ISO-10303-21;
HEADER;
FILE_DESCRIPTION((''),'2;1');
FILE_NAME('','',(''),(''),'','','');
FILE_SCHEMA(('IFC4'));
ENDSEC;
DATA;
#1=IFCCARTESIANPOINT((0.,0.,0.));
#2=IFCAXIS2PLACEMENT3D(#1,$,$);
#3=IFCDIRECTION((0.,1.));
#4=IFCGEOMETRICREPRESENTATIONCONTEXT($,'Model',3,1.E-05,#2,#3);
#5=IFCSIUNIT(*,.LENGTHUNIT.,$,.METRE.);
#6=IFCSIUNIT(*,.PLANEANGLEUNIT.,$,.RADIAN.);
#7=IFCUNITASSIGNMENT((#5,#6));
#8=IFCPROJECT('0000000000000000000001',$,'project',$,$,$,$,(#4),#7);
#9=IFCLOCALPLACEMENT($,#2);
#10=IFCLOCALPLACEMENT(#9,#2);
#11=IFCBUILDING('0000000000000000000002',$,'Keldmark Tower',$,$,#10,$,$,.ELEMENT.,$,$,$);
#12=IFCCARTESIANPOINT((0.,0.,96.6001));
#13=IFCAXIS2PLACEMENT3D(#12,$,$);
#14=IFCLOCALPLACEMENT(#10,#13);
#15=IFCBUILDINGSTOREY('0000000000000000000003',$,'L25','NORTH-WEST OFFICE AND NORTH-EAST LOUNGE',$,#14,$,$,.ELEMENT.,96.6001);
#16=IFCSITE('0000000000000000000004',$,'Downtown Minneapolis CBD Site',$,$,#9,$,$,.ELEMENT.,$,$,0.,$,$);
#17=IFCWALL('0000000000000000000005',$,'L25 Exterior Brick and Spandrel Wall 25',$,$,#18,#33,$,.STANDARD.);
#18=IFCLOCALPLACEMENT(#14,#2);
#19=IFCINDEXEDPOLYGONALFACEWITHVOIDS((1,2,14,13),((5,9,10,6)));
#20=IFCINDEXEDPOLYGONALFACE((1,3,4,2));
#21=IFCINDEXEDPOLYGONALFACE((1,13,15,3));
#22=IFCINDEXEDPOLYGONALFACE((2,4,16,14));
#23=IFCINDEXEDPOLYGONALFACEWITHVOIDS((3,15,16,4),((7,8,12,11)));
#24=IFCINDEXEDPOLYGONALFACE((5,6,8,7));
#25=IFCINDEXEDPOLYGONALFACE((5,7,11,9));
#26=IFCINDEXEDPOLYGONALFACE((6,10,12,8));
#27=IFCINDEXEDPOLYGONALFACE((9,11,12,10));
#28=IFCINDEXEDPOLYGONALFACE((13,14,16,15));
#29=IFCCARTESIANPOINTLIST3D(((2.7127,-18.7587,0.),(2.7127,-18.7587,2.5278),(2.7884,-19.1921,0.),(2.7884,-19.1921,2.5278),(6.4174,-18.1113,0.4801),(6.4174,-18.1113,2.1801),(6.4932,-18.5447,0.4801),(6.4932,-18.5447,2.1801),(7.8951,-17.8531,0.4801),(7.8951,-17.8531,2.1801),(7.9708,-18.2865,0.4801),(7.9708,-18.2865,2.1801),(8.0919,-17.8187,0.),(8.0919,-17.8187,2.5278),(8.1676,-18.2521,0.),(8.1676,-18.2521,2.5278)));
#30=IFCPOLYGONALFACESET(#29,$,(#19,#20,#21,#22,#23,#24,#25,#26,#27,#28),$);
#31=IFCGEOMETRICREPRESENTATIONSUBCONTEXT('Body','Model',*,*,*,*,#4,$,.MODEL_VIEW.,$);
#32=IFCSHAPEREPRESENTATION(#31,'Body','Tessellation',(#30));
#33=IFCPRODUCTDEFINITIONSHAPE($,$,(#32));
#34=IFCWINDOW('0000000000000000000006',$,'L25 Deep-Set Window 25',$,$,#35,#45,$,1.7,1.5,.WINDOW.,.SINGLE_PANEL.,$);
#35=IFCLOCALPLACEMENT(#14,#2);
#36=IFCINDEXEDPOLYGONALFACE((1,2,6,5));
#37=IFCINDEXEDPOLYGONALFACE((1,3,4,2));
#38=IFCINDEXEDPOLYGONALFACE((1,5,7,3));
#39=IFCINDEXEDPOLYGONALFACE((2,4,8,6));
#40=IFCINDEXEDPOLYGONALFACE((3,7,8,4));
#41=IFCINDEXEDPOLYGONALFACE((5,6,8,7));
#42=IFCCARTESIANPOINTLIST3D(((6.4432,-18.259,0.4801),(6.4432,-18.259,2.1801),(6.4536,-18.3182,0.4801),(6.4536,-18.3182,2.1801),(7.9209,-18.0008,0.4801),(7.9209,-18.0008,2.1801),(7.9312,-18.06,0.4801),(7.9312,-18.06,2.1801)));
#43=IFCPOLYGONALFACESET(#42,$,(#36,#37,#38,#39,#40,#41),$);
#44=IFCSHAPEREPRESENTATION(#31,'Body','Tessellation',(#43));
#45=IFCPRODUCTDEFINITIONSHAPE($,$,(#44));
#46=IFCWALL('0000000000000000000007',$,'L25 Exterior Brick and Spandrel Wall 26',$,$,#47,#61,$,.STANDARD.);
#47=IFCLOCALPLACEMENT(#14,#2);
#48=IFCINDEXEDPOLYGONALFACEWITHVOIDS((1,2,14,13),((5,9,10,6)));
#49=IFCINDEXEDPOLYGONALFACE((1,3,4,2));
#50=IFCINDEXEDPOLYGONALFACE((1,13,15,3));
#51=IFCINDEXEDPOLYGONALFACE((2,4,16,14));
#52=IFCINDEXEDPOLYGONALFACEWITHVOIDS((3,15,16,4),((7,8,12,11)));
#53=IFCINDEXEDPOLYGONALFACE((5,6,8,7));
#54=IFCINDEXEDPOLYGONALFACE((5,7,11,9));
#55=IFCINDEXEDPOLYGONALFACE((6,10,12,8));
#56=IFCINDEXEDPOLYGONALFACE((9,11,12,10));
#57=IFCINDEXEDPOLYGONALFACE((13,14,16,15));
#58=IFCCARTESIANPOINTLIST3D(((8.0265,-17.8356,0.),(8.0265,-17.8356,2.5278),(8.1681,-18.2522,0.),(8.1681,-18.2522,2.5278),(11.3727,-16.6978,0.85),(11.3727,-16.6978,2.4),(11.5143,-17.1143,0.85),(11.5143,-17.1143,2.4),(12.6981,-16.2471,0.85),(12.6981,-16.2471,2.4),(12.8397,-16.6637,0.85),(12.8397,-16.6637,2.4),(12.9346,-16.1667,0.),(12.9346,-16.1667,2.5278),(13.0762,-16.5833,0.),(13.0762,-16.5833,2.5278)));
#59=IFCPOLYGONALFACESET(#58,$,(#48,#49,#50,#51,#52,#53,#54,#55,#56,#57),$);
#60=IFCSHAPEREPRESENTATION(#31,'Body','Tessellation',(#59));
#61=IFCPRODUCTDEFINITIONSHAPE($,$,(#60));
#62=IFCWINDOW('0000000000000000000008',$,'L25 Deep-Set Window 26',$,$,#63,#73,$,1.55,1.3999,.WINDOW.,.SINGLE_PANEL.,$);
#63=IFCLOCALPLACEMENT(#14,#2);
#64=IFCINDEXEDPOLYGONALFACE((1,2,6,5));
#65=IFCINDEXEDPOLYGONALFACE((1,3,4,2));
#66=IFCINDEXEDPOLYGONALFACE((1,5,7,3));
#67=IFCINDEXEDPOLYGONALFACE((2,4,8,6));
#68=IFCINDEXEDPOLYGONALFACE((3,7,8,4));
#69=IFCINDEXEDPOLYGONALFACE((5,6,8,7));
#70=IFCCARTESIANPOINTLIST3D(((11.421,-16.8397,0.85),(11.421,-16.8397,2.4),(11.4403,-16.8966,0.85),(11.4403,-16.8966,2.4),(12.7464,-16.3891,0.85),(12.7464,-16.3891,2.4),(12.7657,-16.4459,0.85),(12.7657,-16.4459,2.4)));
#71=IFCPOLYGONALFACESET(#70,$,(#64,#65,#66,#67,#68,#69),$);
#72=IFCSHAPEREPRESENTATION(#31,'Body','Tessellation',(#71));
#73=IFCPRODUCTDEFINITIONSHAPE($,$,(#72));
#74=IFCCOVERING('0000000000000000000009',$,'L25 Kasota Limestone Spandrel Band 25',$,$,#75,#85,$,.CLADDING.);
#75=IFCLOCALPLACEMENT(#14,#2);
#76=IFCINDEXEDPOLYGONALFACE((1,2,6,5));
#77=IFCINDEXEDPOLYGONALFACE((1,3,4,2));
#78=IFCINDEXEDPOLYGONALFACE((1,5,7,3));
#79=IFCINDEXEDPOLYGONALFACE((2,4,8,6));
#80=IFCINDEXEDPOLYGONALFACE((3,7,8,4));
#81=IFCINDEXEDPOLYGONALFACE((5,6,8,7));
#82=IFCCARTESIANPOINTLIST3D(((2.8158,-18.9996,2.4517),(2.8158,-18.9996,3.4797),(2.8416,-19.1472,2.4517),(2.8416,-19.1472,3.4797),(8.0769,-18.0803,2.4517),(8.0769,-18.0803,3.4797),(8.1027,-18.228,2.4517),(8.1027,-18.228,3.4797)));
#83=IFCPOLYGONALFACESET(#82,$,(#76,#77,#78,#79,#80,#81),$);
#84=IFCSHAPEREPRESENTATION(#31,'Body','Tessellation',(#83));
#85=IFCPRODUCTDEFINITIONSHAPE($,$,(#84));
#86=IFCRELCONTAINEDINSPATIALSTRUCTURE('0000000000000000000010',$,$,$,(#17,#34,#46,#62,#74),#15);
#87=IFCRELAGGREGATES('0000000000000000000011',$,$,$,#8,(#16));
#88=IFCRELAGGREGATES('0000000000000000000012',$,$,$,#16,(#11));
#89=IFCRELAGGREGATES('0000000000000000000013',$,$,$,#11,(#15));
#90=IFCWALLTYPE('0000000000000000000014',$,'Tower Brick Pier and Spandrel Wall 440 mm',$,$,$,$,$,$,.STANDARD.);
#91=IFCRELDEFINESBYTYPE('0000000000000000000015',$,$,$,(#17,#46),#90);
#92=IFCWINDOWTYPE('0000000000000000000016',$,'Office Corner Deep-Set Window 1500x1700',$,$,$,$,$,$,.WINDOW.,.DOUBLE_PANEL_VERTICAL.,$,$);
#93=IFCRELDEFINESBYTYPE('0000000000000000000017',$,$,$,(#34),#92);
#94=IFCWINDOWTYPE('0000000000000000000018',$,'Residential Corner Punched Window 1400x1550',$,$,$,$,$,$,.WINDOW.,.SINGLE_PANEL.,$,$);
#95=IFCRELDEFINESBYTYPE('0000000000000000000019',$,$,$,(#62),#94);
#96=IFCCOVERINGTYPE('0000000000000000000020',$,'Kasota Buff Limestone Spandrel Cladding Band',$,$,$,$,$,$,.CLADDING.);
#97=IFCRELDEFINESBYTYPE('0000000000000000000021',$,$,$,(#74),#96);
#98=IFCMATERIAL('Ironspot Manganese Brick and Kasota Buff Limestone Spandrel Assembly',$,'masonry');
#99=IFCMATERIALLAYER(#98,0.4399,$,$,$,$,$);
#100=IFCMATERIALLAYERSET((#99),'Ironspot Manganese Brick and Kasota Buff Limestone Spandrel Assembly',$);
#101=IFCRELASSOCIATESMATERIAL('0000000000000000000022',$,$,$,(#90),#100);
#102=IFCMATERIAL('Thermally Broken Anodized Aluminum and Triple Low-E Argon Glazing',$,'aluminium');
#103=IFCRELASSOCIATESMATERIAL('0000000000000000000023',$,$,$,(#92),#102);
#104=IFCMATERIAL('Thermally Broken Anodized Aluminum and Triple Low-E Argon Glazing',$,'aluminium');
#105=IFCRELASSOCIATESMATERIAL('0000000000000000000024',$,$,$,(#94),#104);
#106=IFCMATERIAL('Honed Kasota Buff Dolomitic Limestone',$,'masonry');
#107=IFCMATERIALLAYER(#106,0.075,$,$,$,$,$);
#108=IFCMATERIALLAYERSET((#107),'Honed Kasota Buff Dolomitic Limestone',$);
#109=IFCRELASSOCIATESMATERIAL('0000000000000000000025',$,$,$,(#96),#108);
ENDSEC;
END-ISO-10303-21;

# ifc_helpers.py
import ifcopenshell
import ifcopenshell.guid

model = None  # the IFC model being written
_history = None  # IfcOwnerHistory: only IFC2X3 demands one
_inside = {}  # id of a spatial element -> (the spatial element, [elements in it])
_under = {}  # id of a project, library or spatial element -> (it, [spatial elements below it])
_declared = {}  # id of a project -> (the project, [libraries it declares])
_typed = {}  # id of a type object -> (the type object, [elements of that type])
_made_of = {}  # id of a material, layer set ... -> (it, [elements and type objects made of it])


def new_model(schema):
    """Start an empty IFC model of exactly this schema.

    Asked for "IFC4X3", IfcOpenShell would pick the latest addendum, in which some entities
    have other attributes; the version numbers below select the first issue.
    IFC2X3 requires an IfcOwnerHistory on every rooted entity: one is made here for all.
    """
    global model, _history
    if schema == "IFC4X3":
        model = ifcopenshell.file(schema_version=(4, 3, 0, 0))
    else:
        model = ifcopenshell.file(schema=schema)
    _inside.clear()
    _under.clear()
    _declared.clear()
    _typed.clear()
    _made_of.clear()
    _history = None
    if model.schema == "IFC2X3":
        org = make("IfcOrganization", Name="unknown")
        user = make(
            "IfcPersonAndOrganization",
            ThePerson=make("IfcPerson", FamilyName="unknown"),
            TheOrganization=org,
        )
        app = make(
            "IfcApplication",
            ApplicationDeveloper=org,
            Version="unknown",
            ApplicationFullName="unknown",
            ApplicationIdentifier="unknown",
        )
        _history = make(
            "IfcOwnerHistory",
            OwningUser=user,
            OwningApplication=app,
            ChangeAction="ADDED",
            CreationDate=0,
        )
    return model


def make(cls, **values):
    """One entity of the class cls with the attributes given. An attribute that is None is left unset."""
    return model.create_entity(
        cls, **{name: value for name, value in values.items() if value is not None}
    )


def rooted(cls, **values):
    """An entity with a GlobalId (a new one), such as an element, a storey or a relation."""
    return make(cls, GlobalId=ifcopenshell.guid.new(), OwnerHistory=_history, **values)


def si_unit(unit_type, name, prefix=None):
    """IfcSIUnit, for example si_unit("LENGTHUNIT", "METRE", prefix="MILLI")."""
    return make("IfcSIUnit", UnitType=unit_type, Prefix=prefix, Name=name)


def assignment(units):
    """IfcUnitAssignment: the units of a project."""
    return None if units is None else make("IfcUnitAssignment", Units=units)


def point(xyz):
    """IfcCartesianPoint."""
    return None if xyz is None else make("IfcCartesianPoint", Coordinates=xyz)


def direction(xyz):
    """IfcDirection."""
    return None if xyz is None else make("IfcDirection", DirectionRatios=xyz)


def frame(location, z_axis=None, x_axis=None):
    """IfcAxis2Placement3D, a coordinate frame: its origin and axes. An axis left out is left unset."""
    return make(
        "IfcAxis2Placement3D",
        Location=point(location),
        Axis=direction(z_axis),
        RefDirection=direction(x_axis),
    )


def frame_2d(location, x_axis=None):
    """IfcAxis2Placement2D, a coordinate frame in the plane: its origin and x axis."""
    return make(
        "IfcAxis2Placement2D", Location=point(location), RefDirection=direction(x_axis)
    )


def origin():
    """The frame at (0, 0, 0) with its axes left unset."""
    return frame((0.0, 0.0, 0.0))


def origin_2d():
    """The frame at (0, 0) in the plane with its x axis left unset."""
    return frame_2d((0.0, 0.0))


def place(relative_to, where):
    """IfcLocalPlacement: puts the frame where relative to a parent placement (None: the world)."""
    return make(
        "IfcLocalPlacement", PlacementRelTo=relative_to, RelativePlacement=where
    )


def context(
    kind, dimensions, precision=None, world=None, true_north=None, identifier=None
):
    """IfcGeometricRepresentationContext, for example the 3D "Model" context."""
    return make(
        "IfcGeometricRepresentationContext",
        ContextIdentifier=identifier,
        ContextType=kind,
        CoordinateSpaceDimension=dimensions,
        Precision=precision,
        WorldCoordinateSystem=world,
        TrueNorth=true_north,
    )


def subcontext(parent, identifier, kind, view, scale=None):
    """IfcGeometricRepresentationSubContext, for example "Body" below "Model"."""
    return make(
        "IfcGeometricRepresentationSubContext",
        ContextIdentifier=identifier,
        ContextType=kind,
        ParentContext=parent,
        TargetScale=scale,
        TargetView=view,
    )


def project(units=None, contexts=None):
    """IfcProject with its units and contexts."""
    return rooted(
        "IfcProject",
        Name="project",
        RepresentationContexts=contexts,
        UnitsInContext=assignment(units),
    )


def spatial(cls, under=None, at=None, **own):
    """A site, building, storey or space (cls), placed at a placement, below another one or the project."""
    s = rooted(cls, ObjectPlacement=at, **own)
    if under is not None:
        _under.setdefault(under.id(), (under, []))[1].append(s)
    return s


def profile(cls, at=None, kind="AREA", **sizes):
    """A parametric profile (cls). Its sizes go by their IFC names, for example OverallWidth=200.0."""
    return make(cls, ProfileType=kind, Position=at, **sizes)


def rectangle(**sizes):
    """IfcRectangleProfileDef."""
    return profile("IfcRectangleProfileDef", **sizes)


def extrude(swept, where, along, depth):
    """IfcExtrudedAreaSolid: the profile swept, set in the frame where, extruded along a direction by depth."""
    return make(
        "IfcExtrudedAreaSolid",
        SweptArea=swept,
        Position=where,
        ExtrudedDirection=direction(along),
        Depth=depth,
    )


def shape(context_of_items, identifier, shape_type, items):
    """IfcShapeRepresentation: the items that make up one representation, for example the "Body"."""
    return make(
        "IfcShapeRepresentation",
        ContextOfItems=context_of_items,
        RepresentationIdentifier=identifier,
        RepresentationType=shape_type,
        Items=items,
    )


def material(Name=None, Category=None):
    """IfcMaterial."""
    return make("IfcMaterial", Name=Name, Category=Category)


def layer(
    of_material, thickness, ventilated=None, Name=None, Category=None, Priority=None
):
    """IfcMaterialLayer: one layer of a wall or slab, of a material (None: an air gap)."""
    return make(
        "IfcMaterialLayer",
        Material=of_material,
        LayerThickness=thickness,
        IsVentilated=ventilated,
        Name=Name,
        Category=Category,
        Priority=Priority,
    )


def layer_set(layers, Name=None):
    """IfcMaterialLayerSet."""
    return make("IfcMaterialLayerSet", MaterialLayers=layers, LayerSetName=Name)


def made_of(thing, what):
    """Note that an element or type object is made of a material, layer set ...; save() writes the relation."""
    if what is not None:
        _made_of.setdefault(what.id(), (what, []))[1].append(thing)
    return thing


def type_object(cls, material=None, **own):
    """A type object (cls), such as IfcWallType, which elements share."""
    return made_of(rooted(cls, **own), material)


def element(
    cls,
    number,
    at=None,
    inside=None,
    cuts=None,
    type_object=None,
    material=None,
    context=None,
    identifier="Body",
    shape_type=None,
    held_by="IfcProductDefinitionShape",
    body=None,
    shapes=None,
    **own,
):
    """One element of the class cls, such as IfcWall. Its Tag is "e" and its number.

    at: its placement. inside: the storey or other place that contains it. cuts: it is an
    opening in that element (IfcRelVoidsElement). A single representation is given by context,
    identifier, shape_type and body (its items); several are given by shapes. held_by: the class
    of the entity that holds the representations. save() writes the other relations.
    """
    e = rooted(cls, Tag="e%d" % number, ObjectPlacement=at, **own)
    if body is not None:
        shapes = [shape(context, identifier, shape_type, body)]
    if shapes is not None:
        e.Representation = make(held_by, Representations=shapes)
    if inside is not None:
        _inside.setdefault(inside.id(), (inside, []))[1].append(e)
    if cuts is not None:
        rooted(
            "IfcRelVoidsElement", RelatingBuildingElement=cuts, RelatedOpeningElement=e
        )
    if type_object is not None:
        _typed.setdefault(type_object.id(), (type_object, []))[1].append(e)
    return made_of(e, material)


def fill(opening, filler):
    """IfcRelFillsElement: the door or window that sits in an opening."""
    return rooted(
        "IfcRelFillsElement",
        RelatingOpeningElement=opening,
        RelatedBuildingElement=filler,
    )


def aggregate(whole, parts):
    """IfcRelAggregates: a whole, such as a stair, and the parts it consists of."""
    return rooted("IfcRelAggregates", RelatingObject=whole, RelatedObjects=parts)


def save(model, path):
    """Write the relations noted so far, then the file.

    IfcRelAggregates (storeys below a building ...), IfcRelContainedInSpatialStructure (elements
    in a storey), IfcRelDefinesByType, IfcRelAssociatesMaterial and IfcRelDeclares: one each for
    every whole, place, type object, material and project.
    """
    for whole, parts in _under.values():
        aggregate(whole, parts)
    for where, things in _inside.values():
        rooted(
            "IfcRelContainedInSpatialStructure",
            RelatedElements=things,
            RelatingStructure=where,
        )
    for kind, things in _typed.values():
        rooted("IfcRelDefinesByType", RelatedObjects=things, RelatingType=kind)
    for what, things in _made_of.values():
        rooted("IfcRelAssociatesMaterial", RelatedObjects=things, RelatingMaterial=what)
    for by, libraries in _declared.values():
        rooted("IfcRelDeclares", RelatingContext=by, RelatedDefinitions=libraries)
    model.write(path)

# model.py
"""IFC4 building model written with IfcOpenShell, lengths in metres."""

from ifc_helpers import new_model, si_unit, direction, frame, frame_2d, origin, origin_2d, place, context, subcontext, project, spatial, rectangle, extrude, material, layer, layer_set, type_object, element, fill, save


model = new_model("IFC4")

# Units and contexts
model_context = context("Model", 3, precision=1e-05, world=origin(), true_north=direction((0.0, 1.0)))
body_context = subcontext(model_context, "Body", "Model", "MODEL_VIEW")
ifc_project = project(units=[si_unit("LENGTHUNIT", "METRE"), si_unit("PLANEANGLEUNIT", "RADIAN")], contexts=[model_context])

# Site, building, storey
site_placement = place(None, origin())
site = spatial("IfcSite", under=ifc_project, at=site_placement, Name="Downtown Minneapolis CBD Site", CompositionType="ELEMENT", RefElevation=0.0)
building_placement = place(site_placement, origin())
building = spatial("IfcBuilding", under=site, at=building_placement, Name="Keldmark Tower", CompositionType="ELEMENT")
storey_placement = place(building_placement, frame((0.0, 0.0, 96.6001)))
storey = spatial("IfcBuildingStorey", under=building, at=storey_placement, Name="L25", Description="NORTH-WEST OFFICE AND NORTH-EAST LOUNGE", CompositionType="ELEMENT", Elevation=96.6001)

# Walls, openings, windows
ifc_material_1 = material(Name="Ironspot Manganese Brick and Kasota Buff Limestone Spandrel Assembly", Category="masonry")
ifc_layer_1 = layer(ifc_material_1, 0.4399)
ifc_layer_set_1 = layer_set([ifc_layer_1], Name="Ironspot Manganese Brick and Kasota Buff Limestone Spandrel Assembly")
wall_type_1 = type_object("IfcWallType", Name="Tower Brick Pier and Spandrel Wall 440 mm", PredefinedType="STANDARD", material=ifc_layer_set_1)
ifc_material_2 = material(Name="Thermally Broken Anodized Aluminum and Triple Low-E Argon Glazing", Category="aluminium")
window_type_1 = type_object("IfcWindowType", Name="Office Corner Deep-Set Window 1500x1700", PartitioningType="DOUBLE_PANEL_VERTICAL", PredefinedType="WINDOW", material=ifc_material_2)
wall_1_placement = place(storey_placement, frame((8.1299, -18.0354, 0.0), z_axis=(0.0, 0.0, 1.0), x_axis=(-0.985074, -0.17213, 0.0)))
wall_1 = element("IfcWall", 1, at=wall_1_placement, inside=storey, type_object=wall_type_1, Name="L25 Exterior Brick and Spandrel Wall 25", PredefinedType="STANDARD", context=body_context, shape_type="SweptSolid", body=[
    extrude(rectangle(XDim=5.4607, YDim=0.4399, at=frame_2d((2.7305, 0.0))), origin(), (0.0, 0.0, 1.0), 2.5278),
])
opening_1_placement = place(wall_1_placement, frame((0.2, 0.0, 0.48)))
opening_1 = element("IfcOpeningElement", 2, at=opening_1_placement, cuts=wall_1, PredefinedType="OPENING", context=body_context, shape_type="SweptSolid", body=[
    extrude(rectangle(XDim=1.5, YDim=1.7, at=frame_2d((0.75, 0.8501))), frame((0.0, 0.23, 0.0), z_axis=(0.0, -1.0, 0.0), x_axis=(1.0, 0.0, 0.0)), (0.0, 0.0, 1.0), 0.46),
])
window_1_placement = place(opening_1_placement, origin())
window_1 = element("IfcWindow", 3, at=window_1_placement, inside=storey, type_object=window_type_1, Name="L25 Deep-Set Window 25", OverallHeight=1.7, OverallWidth=1.5, PartitioningType="SINGLE_PANEL", PredefinedType="WINDOW", context=body_context, shape_type="SweptSolid", body=[
    extrude(rectangle(XDim=1.5, YDim=1.7, at=frame_2d((0.75, 0.8501))), frame((0.0, -0.01, 0.0), z_axis=(0.0, -1.0, 0.0), x_axis=(1.0, 0.0, 0.0)), (0.0, 0.0, 1.0), 0.0601),
])
fill(opening_1, window_1)
wall_2_placement = place(storey_placement, frame((13.0054, -16.375, 0.0), z_axis=(0.0, 0.0, 1.0), x_axis=(-0.946764, -0.32193, 0.0)))
wall_2 = element("IfcWall", 4, at=wall_2_placement, inside=storey, type_object=wall_type_1, Name="L25 Exterior Brick and Spandrel Wall 26", PredefinedType="STANDARD", context=body_context, shape_type="SweptSolid", body=[
    extrude(rectangle(XDim=5.1841, YDim=0.4399, at=frame_2d((2.592, 0.0))), origin(), (0.0, 0.0, 1.0), 2.5278),
])
opening_2_placement = place(wall_2_placement, frame((0.2498, 0.0, 0.8501)))
opening_2 = element("IfcOpeningElement", 5, at=opening_2_placement, cuts=wall_2, PredefinedType="OPENING", context=body_context, shape_type="SweptSolid", body=[
    extrude(rectangle(XDim=1.3999, YDim=1.55, at=frame_2d((0.7, 0.7749))), frame((0.0, 0.23, 0.0), z_axis=(0.0, -1.0, 0.0), x_axis=(1.0, 0.0, 0.0)), (0.0, 0.0, 1.0), 0.46),
])
ifc_material_3 = material(Name="Thermally Broken Anodized Aluminum and Triple Low-E Argon Glazing", Category="aluminium")
window_type_2 = type_object("IfcWindowType", Name="Residential Corner Punched Window 1400x1550", PartitioningType="SINGLE_PANEL", PredefinedType="WINDOW", material=ifc_material_3)
window_2_placement = place(opening_2_placement, origin())
window_2 = element("IfcWindow", 6, at=window_2_placement, inside=storey, type_object=window_type_2, Name="L25 Deep-Set Window 26", OverallHeight=1.55, OverallWidth=1.3999, PartitioningType="SINGLE_PANEL", PredefinedType="WINDOW", context=body_context, shape_type="SweptSolid", body=[
    extrude(rectangle(XDim=1.3999, YDim=1.55, at=frame_2d((0.7, 0.7749))), frame((0.0, -0.01, 0.0), z_axis=(0.0, -1.0, 0.0), x_axis=(1.0, 0.0, 0.0)), (0.0, 0.0, 1.0), 0.0601),
])
fill(opening_2, window_2)

# Covering
ifc_material_4 = material(Name="Honed Kasota Buff Dolomitic Limestone", Category="masonry")
ifc_layer_2 = layer(ifc_material_4, 0.075)
ifc_layer_set_2 = layer_set([ifc_layer_2], Name="Honed Kasota Buff Dolomitic Limestone")
covering_type = type_object("IfcCoveringType", Name="Kasota Buff Limestone Spandrel Cladding Band", PredefinedType="CLADDING", material=ifc_layer_set_2)
covering_placement = place(storey_placement, frame((5.4592, -18.6138, 2.4517), z_axis=(0.0, 0.0, 1.0), x_axis=(0.985076, 0.172118, 0.0)))
element("IfcCovering", 7, at=covering_placement, inside=storey, type_object=covering_type, Name="L25 Kasota Limestone Spandrel Band 25", PredefinedType="CLADDING", context=body_context, shape_type="SweptSolid", body=[
    extrude(rectangle(XDim=5.3408, YDim=0.1499, at=origin_2d()), origin(), (0.0, 0.0, 1.0), 1.0281),
])

save(model, "model.ifc")
